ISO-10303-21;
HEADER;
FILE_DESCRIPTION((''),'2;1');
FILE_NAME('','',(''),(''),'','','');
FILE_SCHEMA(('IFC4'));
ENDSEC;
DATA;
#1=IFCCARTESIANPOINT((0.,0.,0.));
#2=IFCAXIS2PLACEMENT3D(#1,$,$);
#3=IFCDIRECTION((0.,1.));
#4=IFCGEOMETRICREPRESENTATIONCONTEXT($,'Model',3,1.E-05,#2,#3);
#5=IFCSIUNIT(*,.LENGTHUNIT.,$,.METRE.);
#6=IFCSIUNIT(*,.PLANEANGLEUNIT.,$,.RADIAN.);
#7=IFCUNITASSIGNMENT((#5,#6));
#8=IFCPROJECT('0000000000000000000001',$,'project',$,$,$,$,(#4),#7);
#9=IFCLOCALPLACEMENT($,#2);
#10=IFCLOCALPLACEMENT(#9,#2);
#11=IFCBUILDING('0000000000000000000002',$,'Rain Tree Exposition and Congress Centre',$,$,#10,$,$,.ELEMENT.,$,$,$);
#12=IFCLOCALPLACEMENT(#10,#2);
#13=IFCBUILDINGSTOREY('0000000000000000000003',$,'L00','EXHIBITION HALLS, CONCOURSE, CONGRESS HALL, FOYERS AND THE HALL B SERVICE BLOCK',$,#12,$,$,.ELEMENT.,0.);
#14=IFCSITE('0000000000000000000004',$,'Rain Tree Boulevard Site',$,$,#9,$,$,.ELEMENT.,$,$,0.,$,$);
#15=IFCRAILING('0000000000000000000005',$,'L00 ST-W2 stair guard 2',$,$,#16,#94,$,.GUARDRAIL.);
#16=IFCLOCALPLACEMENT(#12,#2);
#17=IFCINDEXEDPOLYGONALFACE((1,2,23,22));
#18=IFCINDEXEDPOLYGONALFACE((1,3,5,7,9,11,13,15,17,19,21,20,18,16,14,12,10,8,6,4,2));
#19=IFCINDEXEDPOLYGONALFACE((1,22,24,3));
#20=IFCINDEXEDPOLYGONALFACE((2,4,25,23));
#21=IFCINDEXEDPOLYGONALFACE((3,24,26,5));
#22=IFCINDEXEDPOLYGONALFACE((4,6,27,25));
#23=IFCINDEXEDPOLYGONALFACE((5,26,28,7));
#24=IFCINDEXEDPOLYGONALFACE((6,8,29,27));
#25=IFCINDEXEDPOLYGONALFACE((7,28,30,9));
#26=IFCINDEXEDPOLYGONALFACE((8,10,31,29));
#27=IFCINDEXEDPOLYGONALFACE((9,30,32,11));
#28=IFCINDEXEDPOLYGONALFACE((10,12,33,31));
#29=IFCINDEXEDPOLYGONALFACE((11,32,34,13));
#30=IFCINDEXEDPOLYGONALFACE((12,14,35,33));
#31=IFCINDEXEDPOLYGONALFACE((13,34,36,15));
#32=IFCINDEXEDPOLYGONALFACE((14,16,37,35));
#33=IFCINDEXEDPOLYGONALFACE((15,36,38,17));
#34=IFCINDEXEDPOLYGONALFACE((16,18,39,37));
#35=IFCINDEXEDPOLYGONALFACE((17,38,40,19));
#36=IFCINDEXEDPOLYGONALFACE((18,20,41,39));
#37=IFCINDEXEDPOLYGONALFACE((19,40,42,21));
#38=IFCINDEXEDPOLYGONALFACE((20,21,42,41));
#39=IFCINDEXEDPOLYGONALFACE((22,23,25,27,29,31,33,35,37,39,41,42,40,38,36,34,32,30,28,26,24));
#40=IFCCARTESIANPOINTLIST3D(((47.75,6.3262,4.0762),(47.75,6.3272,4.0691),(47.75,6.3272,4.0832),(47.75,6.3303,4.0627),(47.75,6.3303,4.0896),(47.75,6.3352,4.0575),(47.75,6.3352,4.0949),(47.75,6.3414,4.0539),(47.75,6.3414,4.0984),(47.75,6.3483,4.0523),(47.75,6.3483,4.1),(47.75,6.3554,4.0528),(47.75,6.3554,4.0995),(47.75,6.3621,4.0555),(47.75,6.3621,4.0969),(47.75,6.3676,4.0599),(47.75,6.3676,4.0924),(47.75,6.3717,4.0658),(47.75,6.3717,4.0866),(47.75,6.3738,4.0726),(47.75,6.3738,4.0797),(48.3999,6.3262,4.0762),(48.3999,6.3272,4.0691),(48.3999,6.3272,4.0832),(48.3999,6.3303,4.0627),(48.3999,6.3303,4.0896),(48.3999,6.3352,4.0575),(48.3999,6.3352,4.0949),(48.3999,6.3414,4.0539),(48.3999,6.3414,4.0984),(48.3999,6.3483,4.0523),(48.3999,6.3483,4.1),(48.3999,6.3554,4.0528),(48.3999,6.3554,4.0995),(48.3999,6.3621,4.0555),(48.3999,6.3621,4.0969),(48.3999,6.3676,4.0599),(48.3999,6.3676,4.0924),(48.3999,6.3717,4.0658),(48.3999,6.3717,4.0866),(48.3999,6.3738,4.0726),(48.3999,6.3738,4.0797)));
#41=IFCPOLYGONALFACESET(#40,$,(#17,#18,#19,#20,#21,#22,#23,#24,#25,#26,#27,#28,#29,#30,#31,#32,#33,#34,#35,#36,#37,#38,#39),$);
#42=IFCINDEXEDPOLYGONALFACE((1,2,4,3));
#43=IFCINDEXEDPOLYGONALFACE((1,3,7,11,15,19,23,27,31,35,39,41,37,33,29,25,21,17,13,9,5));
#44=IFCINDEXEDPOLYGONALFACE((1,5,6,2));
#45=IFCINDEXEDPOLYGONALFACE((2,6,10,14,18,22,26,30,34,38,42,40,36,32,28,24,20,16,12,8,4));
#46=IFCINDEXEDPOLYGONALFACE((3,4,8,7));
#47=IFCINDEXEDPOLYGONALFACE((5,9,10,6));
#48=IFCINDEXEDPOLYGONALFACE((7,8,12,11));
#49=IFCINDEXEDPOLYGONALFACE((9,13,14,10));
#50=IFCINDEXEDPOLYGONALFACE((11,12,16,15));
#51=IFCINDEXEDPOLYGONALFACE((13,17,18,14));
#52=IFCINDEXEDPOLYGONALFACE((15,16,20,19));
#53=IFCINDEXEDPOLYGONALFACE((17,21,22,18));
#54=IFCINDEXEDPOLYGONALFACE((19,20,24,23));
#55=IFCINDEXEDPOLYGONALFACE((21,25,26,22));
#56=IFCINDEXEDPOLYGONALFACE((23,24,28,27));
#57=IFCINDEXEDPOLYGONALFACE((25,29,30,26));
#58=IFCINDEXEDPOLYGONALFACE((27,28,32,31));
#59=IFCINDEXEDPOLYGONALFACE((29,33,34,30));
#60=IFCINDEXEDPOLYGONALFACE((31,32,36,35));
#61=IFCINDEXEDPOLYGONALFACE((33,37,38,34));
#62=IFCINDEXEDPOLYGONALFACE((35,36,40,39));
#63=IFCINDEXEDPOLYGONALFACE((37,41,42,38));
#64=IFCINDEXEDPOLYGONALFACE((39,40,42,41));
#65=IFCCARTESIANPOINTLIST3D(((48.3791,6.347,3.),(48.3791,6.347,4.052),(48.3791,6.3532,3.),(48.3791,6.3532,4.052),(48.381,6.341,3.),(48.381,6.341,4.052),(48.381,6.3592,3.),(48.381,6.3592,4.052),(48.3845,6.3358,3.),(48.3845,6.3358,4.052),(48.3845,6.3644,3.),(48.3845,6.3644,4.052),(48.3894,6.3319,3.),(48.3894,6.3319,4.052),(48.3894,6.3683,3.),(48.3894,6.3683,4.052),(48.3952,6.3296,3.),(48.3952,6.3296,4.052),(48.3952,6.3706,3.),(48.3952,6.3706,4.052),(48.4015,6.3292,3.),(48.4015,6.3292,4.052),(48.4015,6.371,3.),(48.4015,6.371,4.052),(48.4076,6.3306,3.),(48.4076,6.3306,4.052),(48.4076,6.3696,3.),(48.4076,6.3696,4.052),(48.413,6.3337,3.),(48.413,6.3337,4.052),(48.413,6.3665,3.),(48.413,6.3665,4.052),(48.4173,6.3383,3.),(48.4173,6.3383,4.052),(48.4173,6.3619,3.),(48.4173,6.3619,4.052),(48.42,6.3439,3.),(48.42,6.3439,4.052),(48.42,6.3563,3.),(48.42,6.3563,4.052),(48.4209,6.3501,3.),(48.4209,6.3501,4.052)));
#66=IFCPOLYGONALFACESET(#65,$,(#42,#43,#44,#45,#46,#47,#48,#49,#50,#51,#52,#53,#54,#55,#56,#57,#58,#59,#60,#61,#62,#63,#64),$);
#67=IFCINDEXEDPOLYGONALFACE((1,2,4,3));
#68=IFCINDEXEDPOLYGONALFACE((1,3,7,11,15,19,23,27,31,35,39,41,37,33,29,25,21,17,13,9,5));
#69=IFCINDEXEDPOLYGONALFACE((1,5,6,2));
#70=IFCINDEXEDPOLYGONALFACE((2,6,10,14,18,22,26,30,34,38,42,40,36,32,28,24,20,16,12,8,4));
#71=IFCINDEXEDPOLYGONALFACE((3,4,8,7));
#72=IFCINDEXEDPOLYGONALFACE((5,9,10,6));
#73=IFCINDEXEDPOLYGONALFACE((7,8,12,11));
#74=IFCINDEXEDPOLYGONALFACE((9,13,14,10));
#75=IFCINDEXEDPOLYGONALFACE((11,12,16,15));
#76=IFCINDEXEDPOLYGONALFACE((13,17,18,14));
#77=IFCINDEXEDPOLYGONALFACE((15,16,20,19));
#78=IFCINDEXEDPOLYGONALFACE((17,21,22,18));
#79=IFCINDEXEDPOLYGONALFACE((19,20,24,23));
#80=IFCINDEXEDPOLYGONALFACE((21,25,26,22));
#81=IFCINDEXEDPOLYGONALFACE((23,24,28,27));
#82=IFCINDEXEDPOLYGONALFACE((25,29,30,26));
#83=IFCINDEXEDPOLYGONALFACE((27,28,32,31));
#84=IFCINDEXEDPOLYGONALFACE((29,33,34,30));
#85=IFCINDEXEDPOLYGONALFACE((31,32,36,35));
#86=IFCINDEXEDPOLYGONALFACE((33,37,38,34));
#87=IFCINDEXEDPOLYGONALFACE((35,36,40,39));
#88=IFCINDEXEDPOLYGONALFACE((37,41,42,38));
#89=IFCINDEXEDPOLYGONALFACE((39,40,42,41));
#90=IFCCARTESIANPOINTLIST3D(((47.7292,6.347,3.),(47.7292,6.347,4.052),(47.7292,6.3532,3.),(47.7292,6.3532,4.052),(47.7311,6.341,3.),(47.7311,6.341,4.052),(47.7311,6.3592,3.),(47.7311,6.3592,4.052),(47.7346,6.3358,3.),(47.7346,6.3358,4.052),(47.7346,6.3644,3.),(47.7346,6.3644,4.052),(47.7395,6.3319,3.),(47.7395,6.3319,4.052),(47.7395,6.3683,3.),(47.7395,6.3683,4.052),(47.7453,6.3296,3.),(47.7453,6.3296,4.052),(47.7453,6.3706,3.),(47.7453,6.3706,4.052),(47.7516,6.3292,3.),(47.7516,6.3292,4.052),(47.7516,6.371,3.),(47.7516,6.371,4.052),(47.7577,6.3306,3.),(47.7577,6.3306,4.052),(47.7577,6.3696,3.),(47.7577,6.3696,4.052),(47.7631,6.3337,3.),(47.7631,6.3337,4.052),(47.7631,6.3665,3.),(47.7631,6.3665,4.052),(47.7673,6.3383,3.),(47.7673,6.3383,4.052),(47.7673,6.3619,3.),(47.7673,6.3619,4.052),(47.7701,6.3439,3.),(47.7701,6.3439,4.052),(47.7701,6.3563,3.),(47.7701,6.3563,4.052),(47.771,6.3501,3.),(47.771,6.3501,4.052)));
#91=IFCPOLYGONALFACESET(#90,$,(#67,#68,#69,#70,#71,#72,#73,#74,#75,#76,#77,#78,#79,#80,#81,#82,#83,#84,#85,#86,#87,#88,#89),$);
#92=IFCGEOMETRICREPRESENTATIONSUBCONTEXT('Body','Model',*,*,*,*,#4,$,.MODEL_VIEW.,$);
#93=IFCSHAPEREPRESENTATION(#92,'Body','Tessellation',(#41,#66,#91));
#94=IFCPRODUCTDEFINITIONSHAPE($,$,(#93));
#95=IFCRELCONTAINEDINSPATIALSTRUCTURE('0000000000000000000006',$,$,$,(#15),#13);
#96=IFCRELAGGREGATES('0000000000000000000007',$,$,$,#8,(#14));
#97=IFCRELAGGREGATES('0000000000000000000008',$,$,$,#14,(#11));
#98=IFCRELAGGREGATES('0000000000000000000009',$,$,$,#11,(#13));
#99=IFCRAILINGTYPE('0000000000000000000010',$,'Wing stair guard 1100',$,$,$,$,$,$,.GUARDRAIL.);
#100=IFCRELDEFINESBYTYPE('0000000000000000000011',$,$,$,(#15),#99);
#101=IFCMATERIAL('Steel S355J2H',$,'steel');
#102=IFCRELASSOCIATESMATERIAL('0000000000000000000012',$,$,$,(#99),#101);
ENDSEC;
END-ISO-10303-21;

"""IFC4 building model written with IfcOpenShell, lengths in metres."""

from ifc_helpers import new_model, si_unit, direction, frame, origin, origin_2d, place, context, subcontext, project, spatial, circle, extrude, material, type_object, element, save


model = new_model("IFC4")

# Units and contexts
model_context = context("Model", 3, precision=1e-05, world=origin(), true_north=direction((0.0, 1.0)))
body_context = subcontext(model_context, "Body", "Model", "MODEL_VIEW")
ifc_project = project(units=[si_unit("LENGTHUNIT", "METRE"), si_unit("PLANEANGLEUNIT", "RADIAN")], contexts=[model_context])

# Site, building, storey
site_placement = place(None, origin())
site = spatial("IfcSite", under=ifc_project, at=site_placement, Name="Rain Tree Boulevard Site", CompositionType="ELEMENT", RefElevation=0.0)
building_placement = place(site_placement, origin())
building = spatial("IfcBuilding", under=site, at=building_placement, Name="Rain Tree Exposition and Congress Centre", CompositionType="ELEMENT")
storey_placement = place(building_placement, origin())
storey = spatial("IfcBuildingStorey", under=building, at=storey_placement, Name="L00", Description="EXHIBITION HALLS, CONCOURSE, CONGRESS HALL, FOYERS AND THE HALL B SERVICE BLOCK", CompositionType="ELEMENT", Elevation=0.0)

# Railing
ifc_material_1 = material(Name="Steel S355J2H", Category="steel")
railing_type_1 = type_object("IfcRailingType", Name="Wing stair guard 1100", PredefinedType="GUARDRAIL", material=ifc_material_1)
railing_1_placement = place(storey_placement, frame((48.3999, 6.3501, 3.0)))
element("IfcRailing", 1, at=railing_1_placement, inside=storey, type_object=railing_type_1, Name="L00 ST-W2 stair guard 2", PredefinedType="GUARDRAIL", context=body_context, shape_type="SweptSolid", body=[
    extrude(circle(Radius=0.0239, at=origin_2d()), frame((0.0, 0.0, 1.0762), z_axis=(-1.0, 0.0, 0.0), x_axis=(0.0, -1.0, 0.0)), (0.0, 0.0, 1.0), 0.6499),
    extrude(circle(Radius=0.021, at=origin_2d()), origin(), (0.0, 0.0, 1.0), 1.052),
    extrude(circle(Radius=0.021, at=origin_2d()), frame((-0.6499, 0.0, 0.0)), (0.0, 0.0, 1.0), 1.052),
])

save(model, "model.ifc")
